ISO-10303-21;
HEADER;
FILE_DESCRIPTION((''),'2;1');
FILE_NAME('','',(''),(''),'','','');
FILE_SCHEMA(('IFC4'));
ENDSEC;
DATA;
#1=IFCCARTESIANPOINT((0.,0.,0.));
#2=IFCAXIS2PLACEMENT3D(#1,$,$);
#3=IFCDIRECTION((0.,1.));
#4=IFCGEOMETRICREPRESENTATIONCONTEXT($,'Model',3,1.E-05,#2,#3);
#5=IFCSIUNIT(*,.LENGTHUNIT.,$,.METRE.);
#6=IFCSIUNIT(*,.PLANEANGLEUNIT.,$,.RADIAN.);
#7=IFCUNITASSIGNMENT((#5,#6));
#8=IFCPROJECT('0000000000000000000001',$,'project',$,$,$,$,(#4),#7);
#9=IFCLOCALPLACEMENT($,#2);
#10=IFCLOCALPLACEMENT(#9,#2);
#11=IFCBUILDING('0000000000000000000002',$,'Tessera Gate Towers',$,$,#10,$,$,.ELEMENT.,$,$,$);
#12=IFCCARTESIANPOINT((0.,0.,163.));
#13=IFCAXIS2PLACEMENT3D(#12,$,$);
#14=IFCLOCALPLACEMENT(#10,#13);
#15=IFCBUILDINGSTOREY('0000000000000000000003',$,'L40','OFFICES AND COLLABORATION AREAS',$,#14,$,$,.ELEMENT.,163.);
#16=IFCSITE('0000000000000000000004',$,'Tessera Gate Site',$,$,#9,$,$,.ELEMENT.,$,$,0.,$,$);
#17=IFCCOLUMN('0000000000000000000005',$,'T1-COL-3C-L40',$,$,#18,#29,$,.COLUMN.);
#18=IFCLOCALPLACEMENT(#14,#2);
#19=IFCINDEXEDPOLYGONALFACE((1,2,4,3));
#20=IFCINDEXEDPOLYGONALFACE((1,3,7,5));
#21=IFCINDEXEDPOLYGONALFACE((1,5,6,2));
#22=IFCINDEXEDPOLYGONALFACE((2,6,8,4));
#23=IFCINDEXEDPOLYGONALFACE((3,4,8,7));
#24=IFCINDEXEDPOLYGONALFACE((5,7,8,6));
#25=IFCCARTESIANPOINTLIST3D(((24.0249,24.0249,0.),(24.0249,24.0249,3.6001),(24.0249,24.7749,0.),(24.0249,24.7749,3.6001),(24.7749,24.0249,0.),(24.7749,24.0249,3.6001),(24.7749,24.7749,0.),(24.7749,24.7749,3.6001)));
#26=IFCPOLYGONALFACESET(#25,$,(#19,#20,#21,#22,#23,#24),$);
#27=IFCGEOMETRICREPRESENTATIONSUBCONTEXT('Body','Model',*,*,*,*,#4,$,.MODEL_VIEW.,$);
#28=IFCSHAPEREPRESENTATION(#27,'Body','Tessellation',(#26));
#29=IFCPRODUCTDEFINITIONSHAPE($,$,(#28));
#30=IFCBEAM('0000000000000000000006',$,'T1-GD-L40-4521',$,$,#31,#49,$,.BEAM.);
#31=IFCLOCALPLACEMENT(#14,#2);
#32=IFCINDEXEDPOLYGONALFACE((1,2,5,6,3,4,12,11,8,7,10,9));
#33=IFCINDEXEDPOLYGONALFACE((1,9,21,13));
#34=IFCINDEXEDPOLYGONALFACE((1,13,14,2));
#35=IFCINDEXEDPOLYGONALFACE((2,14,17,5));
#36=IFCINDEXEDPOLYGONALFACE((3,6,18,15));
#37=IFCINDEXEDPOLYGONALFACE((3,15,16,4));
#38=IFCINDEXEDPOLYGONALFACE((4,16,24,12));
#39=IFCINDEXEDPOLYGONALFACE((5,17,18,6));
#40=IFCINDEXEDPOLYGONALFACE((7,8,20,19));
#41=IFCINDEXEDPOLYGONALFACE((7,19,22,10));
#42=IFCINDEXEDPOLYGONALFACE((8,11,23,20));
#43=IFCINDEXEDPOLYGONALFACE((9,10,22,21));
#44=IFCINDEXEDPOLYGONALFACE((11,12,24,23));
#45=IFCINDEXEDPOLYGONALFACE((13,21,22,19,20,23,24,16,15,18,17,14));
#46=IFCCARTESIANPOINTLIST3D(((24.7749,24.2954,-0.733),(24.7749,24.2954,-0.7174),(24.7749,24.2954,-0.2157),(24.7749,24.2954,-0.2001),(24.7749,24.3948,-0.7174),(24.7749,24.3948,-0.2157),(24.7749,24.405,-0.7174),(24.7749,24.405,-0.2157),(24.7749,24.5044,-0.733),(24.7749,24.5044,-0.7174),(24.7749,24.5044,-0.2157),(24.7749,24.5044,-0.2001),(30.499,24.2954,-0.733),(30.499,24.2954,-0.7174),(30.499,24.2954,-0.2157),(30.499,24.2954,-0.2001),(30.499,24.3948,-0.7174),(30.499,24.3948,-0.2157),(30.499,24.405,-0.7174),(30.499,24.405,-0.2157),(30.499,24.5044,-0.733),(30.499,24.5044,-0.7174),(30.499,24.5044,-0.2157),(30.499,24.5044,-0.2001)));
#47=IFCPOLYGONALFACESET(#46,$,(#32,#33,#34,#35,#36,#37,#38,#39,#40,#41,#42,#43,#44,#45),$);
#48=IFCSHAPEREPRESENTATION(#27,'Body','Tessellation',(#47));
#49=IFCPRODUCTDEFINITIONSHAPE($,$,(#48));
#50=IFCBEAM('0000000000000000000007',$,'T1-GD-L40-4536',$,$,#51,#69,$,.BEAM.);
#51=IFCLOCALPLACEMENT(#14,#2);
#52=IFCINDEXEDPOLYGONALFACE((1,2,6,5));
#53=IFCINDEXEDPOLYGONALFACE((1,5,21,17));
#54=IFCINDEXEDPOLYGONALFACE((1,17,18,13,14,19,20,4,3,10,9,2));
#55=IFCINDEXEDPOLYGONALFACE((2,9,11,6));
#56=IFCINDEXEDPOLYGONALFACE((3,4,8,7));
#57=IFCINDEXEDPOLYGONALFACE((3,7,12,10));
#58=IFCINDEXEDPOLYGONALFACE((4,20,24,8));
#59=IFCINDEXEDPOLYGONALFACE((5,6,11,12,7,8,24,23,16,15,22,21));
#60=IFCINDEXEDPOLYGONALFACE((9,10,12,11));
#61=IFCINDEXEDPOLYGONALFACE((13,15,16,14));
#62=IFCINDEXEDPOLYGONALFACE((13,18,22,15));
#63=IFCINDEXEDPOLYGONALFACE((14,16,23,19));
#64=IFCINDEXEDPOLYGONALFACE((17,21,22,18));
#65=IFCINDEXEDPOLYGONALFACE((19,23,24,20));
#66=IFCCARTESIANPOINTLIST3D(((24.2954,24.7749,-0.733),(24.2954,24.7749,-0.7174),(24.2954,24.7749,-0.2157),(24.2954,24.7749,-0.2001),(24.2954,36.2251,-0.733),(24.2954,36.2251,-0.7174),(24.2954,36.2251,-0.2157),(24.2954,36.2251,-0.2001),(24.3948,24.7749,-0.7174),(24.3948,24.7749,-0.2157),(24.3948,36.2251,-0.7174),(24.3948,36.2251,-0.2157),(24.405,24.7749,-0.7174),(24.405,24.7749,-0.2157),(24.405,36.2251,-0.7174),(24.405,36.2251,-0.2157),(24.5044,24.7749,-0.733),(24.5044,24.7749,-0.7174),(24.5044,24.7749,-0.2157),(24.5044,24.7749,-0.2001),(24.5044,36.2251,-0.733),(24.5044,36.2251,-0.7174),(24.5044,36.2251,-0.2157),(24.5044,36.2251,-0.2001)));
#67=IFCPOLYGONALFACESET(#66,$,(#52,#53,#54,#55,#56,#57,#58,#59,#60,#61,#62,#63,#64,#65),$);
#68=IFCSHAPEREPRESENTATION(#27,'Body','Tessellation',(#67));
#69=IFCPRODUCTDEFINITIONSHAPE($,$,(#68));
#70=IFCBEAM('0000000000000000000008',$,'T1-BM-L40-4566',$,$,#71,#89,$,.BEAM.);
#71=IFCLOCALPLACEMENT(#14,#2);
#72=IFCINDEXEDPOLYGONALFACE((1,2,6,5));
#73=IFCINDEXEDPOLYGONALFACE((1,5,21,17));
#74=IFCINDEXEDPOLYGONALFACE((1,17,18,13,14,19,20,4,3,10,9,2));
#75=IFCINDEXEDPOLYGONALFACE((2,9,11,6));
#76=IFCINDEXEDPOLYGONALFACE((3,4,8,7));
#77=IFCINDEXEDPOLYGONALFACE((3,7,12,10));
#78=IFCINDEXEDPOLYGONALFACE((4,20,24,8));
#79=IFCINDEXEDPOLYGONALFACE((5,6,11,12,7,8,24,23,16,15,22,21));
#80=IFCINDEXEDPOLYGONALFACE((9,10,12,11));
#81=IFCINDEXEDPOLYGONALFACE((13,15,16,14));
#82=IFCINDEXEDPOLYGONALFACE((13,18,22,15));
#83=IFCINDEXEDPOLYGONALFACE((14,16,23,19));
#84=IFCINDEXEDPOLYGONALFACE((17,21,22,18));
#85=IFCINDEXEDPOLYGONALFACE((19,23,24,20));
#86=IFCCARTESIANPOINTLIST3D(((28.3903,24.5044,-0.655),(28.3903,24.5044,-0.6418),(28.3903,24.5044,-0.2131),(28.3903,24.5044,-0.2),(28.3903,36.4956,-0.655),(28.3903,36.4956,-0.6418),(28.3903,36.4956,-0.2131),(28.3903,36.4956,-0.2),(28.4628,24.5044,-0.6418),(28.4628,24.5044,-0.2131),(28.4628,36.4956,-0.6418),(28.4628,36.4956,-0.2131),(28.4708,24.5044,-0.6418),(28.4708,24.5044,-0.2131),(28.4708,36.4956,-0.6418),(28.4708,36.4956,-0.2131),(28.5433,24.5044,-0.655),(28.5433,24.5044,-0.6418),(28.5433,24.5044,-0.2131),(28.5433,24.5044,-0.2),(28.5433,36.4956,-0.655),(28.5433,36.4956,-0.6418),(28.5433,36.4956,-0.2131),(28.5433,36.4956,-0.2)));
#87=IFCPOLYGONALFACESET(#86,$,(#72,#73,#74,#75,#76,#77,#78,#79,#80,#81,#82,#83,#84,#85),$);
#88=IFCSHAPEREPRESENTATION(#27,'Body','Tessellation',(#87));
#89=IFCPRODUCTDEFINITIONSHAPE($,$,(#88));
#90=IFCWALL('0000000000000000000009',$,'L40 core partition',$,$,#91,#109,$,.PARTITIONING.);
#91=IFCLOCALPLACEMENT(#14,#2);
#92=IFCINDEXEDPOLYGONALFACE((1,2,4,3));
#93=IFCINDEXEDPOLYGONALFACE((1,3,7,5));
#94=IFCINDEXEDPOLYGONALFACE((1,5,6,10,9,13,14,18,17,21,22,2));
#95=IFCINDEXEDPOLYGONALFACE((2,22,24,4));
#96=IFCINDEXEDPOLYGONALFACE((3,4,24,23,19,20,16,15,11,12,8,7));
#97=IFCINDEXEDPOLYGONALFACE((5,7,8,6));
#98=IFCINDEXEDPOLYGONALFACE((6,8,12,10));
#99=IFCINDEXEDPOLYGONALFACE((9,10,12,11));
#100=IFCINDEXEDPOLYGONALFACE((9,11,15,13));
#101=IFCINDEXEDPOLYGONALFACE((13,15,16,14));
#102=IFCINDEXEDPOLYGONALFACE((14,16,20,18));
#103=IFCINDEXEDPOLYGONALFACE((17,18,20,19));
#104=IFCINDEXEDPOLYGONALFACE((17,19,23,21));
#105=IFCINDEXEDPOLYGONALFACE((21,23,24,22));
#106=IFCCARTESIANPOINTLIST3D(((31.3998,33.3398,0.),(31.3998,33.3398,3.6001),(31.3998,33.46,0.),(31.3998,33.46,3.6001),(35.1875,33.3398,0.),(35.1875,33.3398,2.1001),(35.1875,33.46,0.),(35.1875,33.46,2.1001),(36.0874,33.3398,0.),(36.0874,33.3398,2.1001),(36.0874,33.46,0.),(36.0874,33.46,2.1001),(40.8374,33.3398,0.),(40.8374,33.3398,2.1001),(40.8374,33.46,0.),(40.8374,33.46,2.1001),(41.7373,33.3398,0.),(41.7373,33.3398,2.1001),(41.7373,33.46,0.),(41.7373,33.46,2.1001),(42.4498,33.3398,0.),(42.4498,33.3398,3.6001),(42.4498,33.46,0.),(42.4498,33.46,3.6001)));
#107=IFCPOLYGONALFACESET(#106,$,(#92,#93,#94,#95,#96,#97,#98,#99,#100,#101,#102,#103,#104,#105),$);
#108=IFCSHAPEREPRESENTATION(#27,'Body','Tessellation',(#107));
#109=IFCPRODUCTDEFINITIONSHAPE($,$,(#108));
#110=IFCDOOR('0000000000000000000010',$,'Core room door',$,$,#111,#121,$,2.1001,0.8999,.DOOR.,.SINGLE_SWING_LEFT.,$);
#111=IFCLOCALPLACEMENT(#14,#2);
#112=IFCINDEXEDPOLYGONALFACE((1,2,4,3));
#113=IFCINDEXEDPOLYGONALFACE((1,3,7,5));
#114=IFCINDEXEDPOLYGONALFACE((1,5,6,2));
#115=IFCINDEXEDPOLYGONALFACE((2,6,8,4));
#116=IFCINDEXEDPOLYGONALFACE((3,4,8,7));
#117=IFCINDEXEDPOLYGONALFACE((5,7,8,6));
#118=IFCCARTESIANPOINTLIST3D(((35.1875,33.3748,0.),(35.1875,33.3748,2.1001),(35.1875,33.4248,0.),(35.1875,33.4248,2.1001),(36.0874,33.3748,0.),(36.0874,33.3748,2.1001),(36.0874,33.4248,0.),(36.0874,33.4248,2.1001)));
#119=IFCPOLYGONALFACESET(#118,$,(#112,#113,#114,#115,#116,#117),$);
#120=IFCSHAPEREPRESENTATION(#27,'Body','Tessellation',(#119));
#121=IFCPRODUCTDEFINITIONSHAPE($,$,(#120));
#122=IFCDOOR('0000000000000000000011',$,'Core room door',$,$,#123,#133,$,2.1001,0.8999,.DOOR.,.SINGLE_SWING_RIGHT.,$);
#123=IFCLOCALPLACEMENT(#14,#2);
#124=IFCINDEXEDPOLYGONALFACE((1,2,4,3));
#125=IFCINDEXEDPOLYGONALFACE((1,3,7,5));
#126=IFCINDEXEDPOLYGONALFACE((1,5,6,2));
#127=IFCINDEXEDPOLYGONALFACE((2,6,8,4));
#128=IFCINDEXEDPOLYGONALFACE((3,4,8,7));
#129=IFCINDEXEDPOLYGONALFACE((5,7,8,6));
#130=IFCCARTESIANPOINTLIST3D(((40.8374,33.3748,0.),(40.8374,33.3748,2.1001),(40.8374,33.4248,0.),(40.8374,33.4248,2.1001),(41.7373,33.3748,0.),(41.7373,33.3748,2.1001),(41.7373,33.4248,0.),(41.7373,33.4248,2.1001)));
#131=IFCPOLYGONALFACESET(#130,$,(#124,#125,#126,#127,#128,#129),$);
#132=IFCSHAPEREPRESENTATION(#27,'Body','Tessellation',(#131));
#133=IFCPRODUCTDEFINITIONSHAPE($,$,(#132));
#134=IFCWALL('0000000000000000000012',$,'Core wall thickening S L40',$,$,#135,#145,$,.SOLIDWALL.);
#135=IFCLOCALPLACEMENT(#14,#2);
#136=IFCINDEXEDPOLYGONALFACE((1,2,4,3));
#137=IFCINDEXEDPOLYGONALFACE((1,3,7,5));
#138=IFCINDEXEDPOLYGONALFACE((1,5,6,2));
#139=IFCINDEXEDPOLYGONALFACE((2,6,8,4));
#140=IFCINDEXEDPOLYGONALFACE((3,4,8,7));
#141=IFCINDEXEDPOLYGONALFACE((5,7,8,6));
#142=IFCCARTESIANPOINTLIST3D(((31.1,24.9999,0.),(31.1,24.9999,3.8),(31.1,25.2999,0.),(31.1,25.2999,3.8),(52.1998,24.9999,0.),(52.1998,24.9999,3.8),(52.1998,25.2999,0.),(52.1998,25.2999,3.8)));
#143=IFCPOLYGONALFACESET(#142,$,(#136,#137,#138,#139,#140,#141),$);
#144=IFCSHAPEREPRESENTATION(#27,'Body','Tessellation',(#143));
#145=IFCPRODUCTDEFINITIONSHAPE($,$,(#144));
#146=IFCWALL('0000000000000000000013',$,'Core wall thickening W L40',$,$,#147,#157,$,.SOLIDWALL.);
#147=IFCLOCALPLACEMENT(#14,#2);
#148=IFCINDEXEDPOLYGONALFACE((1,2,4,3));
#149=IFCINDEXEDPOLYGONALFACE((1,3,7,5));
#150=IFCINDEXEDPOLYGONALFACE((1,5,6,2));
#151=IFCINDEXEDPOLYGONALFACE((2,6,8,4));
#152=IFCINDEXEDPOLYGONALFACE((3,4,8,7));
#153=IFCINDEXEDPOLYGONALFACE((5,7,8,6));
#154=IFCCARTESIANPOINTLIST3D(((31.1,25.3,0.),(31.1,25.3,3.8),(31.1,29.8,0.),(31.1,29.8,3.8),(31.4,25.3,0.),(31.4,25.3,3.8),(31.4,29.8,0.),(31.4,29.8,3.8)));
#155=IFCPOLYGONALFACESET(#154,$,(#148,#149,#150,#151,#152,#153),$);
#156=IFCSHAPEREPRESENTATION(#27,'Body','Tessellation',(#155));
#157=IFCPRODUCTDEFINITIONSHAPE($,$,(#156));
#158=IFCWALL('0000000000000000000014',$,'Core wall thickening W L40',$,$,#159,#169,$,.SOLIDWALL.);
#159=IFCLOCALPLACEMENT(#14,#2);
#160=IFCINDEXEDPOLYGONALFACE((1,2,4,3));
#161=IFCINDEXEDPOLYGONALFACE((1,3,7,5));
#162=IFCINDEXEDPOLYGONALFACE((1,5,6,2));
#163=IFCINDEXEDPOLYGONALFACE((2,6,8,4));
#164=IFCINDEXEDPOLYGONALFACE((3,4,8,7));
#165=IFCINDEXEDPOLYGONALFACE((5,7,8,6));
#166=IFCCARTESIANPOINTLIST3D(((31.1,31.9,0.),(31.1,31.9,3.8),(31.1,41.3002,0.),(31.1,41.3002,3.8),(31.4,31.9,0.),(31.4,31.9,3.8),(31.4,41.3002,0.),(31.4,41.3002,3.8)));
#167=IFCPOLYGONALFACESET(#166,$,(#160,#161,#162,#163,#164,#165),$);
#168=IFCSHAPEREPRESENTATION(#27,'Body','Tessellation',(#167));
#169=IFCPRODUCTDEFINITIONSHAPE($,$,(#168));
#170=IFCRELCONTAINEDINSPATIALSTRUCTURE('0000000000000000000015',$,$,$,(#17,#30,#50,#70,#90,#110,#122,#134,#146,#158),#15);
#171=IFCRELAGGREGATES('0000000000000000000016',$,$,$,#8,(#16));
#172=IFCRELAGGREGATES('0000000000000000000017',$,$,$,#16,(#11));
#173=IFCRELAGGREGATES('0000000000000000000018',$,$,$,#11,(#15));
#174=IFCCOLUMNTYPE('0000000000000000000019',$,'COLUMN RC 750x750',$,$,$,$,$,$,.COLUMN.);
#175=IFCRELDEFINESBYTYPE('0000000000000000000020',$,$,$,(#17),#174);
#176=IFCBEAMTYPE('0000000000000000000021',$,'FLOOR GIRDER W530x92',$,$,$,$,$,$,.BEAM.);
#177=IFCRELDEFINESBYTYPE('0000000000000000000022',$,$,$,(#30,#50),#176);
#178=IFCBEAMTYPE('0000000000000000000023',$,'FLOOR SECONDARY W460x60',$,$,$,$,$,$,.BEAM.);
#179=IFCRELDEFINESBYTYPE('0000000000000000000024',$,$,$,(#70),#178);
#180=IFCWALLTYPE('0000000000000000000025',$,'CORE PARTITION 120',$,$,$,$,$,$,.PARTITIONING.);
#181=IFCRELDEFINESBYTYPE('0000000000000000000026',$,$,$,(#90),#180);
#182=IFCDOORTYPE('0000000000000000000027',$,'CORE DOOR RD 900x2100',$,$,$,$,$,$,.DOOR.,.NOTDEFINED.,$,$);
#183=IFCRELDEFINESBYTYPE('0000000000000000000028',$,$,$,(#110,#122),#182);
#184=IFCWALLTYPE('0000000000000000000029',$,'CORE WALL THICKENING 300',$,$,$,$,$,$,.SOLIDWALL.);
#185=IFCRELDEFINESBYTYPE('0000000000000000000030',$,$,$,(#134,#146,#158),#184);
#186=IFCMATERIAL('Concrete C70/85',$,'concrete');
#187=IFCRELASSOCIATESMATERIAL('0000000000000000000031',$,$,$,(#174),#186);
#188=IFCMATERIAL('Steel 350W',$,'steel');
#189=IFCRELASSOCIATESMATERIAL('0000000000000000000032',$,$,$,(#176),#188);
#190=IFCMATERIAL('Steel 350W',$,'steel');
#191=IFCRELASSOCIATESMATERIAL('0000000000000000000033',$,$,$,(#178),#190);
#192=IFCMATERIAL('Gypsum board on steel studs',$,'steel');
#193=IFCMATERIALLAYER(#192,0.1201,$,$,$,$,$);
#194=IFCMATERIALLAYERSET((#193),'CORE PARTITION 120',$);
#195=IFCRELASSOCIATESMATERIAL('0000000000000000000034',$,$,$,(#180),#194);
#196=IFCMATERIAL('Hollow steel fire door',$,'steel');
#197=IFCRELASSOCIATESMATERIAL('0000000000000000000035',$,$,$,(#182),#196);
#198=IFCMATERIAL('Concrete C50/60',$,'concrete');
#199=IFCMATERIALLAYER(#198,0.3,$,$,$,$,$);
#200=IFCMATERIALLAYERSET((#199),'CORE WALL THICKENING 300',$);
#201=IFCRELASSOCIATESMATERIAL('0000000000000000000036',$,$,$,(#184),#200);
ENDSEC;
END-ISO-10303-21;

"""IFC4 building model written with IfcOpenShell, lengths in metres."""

from ifc_helpers import new_model, si_unit, direction, frame, frame_2d, origin, origin_2d, place, context, subcontext, project, spatial, rectangle, i_section, extrude, source, transform, mapped, material, layer, layer_set, material_profile, profile_set, type_object, element, fill, save


model = new_model("IFC4")

# Units and contexts
model_context = context("Model", 3, precision=1e-05, world=origin(), true_north=direction((0.0, 1.0)))
body_context = subcontext(model_context, "Body", "Model", "MODEL_VIEW")
ifc_project = project(units=[si_unit("LENGTHUNIT", "METRE"), si_unit("PLANEANGLEUNIT", "RADIAN")], contexts=[model_context])

# Site, building, storey
site_placement = place(None, origin())
site = spatial("IfcSite", under=ifc_project, at=site_placement, Name="Tessera Gate Site", CompositionType="ELEMENT", RefElevation=0.0)
building_placement = place(site_placement, origin())
building = spatial("IfcBuilding", under=site, at=building_placement, Name="Tessera Gate Towers", CompositionType="ELEMENT")
storey_placement = place(building_placement, frame((0.0, 0.0, 163.0)))
storey = spatial("IfcBuildingStorey", under=building, at=storey_placement, Name="L40", Description="OFFICES AND COLLABORATION AREAS", CompositionType="ELEMENT", Elevation=163.0)

# Column
ifc_material_1 = material(Name="Concrete C70/85", Category="concrete")
ifc_material_profile_1 = material_profile(ifc_material_1, rectangle(XDim=0.75, YDim=0.75, at=origin_2d()), Name="RC 750x750")
ifc_profile_set_1 = profile_set([ifc_material_profile_1], Name="Concrete C70/85")
column_type = type_object("IfcColumnType", Name="COLUMN RC 750x750", PredefinedType="COLUMN", material=ifc_profile_set_1)
column_placement = place(storey_placement, frame((24.3999, 24.3999, 0.0), z_axis=(0.0, 0.0, 1.0), x_axis=(1.0, 0.0, 0.0)))
element("IfcColumn", 1, at=column_placement, inside=storey, type_object=column_type, Name="T1-COL-3C-L40", PredefinedType="COLUMN", context=body_context, shape_type="SweptSolid", body=[
    extrude(rectangle(XDim=0.75, YDim=0.75, at=origin_2d()), origin(), (0.0, 0.0, 1.0), 3.6001),
])

# Beams
ifc_material_2 = material(Name="Steel 350W", Category="steel")
ifc_material_profile_2 = material_profile(ifc_material_2, i_section(OverallWidth=0.209, OverallDepth=0.533, WebThickness=0.0103, FlangeThickness=0.0156, at=origin_2d()), Name="W530x92")
ifc_profile_set_2 = profile_set([ifc_material_profile_2], Name="Steel 350W")
beam_type_1 = type_object("IfcBeamType", Name="FLOOR GIRDER W530x92", PredefinedType="BEAM", material=ifc_profile_set_2)
beam_1_placement = place(storey_placement, frame((24.7749, 24.3999, -0.4666), z_axis=(1.0, 0.0, 0.0), x_axis=(0.0, 1.0, 0.0)))
element("IfcBeam", 2, at=beam_1_placement, inside=storey, type_object=beam_type_1, Name="T1-GD-L40-4521", PredefinedType="BEAM", context=body_context, shape_type="SweptSolid", body=[
    extrude(i_section(OverallWidth=0.209, OverallDepth=0.533, WebThickness=0.0103, FlangeThickness=0.0156, at=origin_2d()), origin(), (0.0, 0.0, 1.0), 5.7241),
])
beam_2_placement = place(storey_placement, frame((24.3999, 24.7749, -0.4666), z_axis=(0.0, 1.0, 0.0), x_axis=(-1.0, 0.0, 0.0)))
element("IfcBeam", 3, at=beam_2_placement, inside=storey, type_object=beam_type_1, Name="T1-GD-L40-4536", PredefinedType="BEAM", context=body_context, shape_type="SweptSolid", body=[
    extrude(i_section(OverallWidth=0.209, OverallDepth=0.533, WebThickness=0.0103, FlangeThickness=0.0156, at=origin_2d()), origin(), (0.0, 0.0, 1.0), 11.4502),
])
ifc_material_3 = material(Name="Steel 350W", Category="steel")
ifc_material_profile_3 = material_profile(ifc_material_3, i_section(OverallWidth=0.1531, OverallDepth=0.4551, WebThickness=0.0081, FlangeThickness=0.0132, at=origin_2d()), Name="W460x60")
ifc_profile_set_3 = profile_set([ifc_material_profile_3], Name="Steel 350W")
beam_type_2 = type_object("IfcBeamType", Name="FLOOR SECONDARY W460x60", PredefinedType="BEAM", material=ifc_profile_set_3)
beam_3_placement = place(storey_placement, frame((28.4668, 24.5044, -0.4275), z_axis=(0.0, 1.0, 0.0), x_axis=(-1.0, 0.0, 0.0)))
element("IfcBeam", 4, at=beam_3_placement, inside=storey, type_object=beam_type_2, Name="T1-BM-L40-4566", PredefinedType="BEAM", context=body_context, shape_type="SweptSolid", body=[
    extrude(i_section(OverallWidth=0.1531, OverallDepth=0.4551, WebThickness=0.0081, FlangeThickness=0.0132, at=origin_2d()), origin(), (0.0, 0.0, 1.0), 11.9912),
])

# Wall, openings, doors
ifc_material_4 = material(Name="Gypsum board on steel studs", Category="steel")
ifc_layer_1 = layer(ifc_material_4, 0.1201)
ifc_layer_set_1 = layer_set([ifc_layer_1], Name="CORE PARTITION 120")
wall_type_1 = type_object("IfcWallType", Name="CORE PARTITION 120", PredefinedType="PARTITIONING", material=ifc_layer_set_1)
wall_1_placement = place(storey_placement, frame((31.3999, 33.3999, 0.0), z_axis=(0.0, 0.0, 1.0), x_axis=(1.0, 0.0, 0.0)))
wall_1 = element("IfcWall", 5, at=wall_1_placement, inside=storey, type_object=wall_type_1, Name="L40 core partition", PredefinedType="PARTITIONING", context=body_context, shape_type="SweptSolid", body=[
    extrude(rectangle(XDim=11.05, YDim=0.1201, at=frame_2d((5.5249, 0.0))), origin(), (0.0, 0.0, 1.0), 3.6001),
])
shared_shape_1 = source(origin(), body_context, "Body", "SweptSolid", [
    extrude(rectangle(XDim=0.8999, YDim=2.1001, at=frame_2d((0.45, 1.05))), frame((0.0, 0.0701, 0.0), z_axis=(0.0, -1.0, 0.0), x_axis=(1.0, 0.0, 0.0)), (0.0, 0.0, 1.0), 0.1401),
])
opening_1_placement = place(wall_1_placement, frame((3.7876, 0.0, 0.0)))
opening_1 = element("IfcOpeningElement", 6, at=opening_1_placement, cuts=wall_1, PredefinedType="OPENING", context=body_context, shape_type="MappedRepresentation", body=[
    mapped(shared_shape_1, transform((0.0, 0.0, 0.0), scale=1.0)),
])
opening_2_placement = place(wall_1_placement, frame((9.4375, 0.0, 0.0)))
opening_2 = element("IfcOpeningElement", 7, at=opening_2_placement, cuts=wall_1, PredefinedType="OPENING", context=body_context, shape_type="MappedRepresentation", body=[
    mapped(shared_shape_1, transform((0.0, 0.0, 0.0), scale=1.0)),
])
ifc_material_5 = material(Name="Hollow steel fire door", Category="steel")
door_type_1 = type_object("IfcDoorType", Name="CORE DOOR RD 900x2100", OperationType="NOTDEFINED", PredefinedType="DOOR", material=ifc_material_5)
shared_shape_2 = source(origin(), body_context, "Body", "SweptSolid", [
    extrude(rectangle(XDim=0.8999, YDim=2.1001, at=frame_2d((0.45, 1.05))), frame((0.0, 0.0249, 0.0), z_axis=(0.0, -1.0, 0.0), x_axis=(1.0, 0.0, 0.0)), (0.0, 0.0, 1.0), 0.05),
])
door_1_placement = place(opening_1_placement, origin())
door_1 = element("IfcDoor", 8, at=door_1_placement, inside=storey, type_object=door_type_1, Name="Core room door", OperationType="SINGLE_SWING_LEFT", OverallHeight=2.1001, OverallWidth=0.8999, PredefinedType="DOOR", context=body_context, shape_type="MappedRepresentation", body=[
    mapped(shared_shape_2, transform((0.0, 0.0, 0.0), scale=1.0)),
])
fill(opening_1, door_1)
door_2_placement = place(opening_2_placement, origin())
door_2 = element("IfcDoor", 9, at=door_2_placement, inside=storey, type_object=door_type_1, Name="Core room door", OperationType="SINGLE_SWING_RIGHT", OverallHeight=2.1001, OverallWidth=0.8999, PredefinedType="DOOR", context=body_context, shape_type="MappedRepresentation", body=[
    mapped(shared_shape_2, transform((0.0, 0.0, 0.0), scale=1.0)),
])
fill(opening_2, door_2)

# Walls
ifc_material_6 = material(Name="Concrete C50/60", Category="concrete")
ifc_layer_2 = layer(ifc_material_6, 0.3)
ifc_layer_set_2 = layer_set([ifc_layer_2], Name="CORE WALL THICKENING 300")
wall_type_2 = type_object("IfcWallType", Name="CORE WALL THICKENING 300", PredefinedType="SOLIDWALL", material=ifc_layer_set_2)
wall_2_placement = place(storey_placement, frame((31.1001, 25.1499, 0.0), z_axis=(0.0, 0.0, 1.0), x_axis=(1.0, 0.0, 0.0)))
element("IfcWall", 10, at=wall_2_placement, inside=storey, type_object=wall_type_2, Name="Core wall thickening S L40", PredefinedType="SOLIDWALL", context=body_context, shape_type="SweptSolid", body=[
    extrude(rectangle(XDim=21.0999, YDim=0.3, at=frame_2d((10.5498, 0.0))), origin(), (0.0, 0.0, 1.0), 3.8),
])
wall_3_placement = place(storey_placement, frame((31.25, 25.3, 0.0), z_axis=(0.0, 0.0, 1.0), x_axis=(0.0, 1.0, 0.0)))
element("IfcWall", 11, at=wall_3_placement, inside=storey, type_object=wall_type_2, Name="Core wall thickening W L40", PredefinedType="SOLIDWALL", context=body_context, shape_type="SweptSolid", body=[
    extrude(rectangle(XDim=4.5, YDim=0.3, at=frame_2d((2.25, 0.0))), origin(), (0.0, 0.0, 1.0), 3.8),
])
wall_4_placement = place(storey_placement, frame((31.25, 31.8999, 0.0), z_axis=(0.0, 0.0, 1.0), x_axis=(0.0, 1.0, 0.0)))
element("IfcWall", 12, at=wall_4_placement, inside=storey, type_object=wall_type_2, Name="Core wall thickening W L40", PredefinedType="SOLIDWALL", context=body_context, shape_type="SweptSolid", body=[
    extrude(rectangle(XDim=9.4001, YDim=0.3, at=frame_2d((4.7002, 0.0))), origin(), (0.0, 0.0, 1.0), 3.8),
])

save(model, "model.ifc")
